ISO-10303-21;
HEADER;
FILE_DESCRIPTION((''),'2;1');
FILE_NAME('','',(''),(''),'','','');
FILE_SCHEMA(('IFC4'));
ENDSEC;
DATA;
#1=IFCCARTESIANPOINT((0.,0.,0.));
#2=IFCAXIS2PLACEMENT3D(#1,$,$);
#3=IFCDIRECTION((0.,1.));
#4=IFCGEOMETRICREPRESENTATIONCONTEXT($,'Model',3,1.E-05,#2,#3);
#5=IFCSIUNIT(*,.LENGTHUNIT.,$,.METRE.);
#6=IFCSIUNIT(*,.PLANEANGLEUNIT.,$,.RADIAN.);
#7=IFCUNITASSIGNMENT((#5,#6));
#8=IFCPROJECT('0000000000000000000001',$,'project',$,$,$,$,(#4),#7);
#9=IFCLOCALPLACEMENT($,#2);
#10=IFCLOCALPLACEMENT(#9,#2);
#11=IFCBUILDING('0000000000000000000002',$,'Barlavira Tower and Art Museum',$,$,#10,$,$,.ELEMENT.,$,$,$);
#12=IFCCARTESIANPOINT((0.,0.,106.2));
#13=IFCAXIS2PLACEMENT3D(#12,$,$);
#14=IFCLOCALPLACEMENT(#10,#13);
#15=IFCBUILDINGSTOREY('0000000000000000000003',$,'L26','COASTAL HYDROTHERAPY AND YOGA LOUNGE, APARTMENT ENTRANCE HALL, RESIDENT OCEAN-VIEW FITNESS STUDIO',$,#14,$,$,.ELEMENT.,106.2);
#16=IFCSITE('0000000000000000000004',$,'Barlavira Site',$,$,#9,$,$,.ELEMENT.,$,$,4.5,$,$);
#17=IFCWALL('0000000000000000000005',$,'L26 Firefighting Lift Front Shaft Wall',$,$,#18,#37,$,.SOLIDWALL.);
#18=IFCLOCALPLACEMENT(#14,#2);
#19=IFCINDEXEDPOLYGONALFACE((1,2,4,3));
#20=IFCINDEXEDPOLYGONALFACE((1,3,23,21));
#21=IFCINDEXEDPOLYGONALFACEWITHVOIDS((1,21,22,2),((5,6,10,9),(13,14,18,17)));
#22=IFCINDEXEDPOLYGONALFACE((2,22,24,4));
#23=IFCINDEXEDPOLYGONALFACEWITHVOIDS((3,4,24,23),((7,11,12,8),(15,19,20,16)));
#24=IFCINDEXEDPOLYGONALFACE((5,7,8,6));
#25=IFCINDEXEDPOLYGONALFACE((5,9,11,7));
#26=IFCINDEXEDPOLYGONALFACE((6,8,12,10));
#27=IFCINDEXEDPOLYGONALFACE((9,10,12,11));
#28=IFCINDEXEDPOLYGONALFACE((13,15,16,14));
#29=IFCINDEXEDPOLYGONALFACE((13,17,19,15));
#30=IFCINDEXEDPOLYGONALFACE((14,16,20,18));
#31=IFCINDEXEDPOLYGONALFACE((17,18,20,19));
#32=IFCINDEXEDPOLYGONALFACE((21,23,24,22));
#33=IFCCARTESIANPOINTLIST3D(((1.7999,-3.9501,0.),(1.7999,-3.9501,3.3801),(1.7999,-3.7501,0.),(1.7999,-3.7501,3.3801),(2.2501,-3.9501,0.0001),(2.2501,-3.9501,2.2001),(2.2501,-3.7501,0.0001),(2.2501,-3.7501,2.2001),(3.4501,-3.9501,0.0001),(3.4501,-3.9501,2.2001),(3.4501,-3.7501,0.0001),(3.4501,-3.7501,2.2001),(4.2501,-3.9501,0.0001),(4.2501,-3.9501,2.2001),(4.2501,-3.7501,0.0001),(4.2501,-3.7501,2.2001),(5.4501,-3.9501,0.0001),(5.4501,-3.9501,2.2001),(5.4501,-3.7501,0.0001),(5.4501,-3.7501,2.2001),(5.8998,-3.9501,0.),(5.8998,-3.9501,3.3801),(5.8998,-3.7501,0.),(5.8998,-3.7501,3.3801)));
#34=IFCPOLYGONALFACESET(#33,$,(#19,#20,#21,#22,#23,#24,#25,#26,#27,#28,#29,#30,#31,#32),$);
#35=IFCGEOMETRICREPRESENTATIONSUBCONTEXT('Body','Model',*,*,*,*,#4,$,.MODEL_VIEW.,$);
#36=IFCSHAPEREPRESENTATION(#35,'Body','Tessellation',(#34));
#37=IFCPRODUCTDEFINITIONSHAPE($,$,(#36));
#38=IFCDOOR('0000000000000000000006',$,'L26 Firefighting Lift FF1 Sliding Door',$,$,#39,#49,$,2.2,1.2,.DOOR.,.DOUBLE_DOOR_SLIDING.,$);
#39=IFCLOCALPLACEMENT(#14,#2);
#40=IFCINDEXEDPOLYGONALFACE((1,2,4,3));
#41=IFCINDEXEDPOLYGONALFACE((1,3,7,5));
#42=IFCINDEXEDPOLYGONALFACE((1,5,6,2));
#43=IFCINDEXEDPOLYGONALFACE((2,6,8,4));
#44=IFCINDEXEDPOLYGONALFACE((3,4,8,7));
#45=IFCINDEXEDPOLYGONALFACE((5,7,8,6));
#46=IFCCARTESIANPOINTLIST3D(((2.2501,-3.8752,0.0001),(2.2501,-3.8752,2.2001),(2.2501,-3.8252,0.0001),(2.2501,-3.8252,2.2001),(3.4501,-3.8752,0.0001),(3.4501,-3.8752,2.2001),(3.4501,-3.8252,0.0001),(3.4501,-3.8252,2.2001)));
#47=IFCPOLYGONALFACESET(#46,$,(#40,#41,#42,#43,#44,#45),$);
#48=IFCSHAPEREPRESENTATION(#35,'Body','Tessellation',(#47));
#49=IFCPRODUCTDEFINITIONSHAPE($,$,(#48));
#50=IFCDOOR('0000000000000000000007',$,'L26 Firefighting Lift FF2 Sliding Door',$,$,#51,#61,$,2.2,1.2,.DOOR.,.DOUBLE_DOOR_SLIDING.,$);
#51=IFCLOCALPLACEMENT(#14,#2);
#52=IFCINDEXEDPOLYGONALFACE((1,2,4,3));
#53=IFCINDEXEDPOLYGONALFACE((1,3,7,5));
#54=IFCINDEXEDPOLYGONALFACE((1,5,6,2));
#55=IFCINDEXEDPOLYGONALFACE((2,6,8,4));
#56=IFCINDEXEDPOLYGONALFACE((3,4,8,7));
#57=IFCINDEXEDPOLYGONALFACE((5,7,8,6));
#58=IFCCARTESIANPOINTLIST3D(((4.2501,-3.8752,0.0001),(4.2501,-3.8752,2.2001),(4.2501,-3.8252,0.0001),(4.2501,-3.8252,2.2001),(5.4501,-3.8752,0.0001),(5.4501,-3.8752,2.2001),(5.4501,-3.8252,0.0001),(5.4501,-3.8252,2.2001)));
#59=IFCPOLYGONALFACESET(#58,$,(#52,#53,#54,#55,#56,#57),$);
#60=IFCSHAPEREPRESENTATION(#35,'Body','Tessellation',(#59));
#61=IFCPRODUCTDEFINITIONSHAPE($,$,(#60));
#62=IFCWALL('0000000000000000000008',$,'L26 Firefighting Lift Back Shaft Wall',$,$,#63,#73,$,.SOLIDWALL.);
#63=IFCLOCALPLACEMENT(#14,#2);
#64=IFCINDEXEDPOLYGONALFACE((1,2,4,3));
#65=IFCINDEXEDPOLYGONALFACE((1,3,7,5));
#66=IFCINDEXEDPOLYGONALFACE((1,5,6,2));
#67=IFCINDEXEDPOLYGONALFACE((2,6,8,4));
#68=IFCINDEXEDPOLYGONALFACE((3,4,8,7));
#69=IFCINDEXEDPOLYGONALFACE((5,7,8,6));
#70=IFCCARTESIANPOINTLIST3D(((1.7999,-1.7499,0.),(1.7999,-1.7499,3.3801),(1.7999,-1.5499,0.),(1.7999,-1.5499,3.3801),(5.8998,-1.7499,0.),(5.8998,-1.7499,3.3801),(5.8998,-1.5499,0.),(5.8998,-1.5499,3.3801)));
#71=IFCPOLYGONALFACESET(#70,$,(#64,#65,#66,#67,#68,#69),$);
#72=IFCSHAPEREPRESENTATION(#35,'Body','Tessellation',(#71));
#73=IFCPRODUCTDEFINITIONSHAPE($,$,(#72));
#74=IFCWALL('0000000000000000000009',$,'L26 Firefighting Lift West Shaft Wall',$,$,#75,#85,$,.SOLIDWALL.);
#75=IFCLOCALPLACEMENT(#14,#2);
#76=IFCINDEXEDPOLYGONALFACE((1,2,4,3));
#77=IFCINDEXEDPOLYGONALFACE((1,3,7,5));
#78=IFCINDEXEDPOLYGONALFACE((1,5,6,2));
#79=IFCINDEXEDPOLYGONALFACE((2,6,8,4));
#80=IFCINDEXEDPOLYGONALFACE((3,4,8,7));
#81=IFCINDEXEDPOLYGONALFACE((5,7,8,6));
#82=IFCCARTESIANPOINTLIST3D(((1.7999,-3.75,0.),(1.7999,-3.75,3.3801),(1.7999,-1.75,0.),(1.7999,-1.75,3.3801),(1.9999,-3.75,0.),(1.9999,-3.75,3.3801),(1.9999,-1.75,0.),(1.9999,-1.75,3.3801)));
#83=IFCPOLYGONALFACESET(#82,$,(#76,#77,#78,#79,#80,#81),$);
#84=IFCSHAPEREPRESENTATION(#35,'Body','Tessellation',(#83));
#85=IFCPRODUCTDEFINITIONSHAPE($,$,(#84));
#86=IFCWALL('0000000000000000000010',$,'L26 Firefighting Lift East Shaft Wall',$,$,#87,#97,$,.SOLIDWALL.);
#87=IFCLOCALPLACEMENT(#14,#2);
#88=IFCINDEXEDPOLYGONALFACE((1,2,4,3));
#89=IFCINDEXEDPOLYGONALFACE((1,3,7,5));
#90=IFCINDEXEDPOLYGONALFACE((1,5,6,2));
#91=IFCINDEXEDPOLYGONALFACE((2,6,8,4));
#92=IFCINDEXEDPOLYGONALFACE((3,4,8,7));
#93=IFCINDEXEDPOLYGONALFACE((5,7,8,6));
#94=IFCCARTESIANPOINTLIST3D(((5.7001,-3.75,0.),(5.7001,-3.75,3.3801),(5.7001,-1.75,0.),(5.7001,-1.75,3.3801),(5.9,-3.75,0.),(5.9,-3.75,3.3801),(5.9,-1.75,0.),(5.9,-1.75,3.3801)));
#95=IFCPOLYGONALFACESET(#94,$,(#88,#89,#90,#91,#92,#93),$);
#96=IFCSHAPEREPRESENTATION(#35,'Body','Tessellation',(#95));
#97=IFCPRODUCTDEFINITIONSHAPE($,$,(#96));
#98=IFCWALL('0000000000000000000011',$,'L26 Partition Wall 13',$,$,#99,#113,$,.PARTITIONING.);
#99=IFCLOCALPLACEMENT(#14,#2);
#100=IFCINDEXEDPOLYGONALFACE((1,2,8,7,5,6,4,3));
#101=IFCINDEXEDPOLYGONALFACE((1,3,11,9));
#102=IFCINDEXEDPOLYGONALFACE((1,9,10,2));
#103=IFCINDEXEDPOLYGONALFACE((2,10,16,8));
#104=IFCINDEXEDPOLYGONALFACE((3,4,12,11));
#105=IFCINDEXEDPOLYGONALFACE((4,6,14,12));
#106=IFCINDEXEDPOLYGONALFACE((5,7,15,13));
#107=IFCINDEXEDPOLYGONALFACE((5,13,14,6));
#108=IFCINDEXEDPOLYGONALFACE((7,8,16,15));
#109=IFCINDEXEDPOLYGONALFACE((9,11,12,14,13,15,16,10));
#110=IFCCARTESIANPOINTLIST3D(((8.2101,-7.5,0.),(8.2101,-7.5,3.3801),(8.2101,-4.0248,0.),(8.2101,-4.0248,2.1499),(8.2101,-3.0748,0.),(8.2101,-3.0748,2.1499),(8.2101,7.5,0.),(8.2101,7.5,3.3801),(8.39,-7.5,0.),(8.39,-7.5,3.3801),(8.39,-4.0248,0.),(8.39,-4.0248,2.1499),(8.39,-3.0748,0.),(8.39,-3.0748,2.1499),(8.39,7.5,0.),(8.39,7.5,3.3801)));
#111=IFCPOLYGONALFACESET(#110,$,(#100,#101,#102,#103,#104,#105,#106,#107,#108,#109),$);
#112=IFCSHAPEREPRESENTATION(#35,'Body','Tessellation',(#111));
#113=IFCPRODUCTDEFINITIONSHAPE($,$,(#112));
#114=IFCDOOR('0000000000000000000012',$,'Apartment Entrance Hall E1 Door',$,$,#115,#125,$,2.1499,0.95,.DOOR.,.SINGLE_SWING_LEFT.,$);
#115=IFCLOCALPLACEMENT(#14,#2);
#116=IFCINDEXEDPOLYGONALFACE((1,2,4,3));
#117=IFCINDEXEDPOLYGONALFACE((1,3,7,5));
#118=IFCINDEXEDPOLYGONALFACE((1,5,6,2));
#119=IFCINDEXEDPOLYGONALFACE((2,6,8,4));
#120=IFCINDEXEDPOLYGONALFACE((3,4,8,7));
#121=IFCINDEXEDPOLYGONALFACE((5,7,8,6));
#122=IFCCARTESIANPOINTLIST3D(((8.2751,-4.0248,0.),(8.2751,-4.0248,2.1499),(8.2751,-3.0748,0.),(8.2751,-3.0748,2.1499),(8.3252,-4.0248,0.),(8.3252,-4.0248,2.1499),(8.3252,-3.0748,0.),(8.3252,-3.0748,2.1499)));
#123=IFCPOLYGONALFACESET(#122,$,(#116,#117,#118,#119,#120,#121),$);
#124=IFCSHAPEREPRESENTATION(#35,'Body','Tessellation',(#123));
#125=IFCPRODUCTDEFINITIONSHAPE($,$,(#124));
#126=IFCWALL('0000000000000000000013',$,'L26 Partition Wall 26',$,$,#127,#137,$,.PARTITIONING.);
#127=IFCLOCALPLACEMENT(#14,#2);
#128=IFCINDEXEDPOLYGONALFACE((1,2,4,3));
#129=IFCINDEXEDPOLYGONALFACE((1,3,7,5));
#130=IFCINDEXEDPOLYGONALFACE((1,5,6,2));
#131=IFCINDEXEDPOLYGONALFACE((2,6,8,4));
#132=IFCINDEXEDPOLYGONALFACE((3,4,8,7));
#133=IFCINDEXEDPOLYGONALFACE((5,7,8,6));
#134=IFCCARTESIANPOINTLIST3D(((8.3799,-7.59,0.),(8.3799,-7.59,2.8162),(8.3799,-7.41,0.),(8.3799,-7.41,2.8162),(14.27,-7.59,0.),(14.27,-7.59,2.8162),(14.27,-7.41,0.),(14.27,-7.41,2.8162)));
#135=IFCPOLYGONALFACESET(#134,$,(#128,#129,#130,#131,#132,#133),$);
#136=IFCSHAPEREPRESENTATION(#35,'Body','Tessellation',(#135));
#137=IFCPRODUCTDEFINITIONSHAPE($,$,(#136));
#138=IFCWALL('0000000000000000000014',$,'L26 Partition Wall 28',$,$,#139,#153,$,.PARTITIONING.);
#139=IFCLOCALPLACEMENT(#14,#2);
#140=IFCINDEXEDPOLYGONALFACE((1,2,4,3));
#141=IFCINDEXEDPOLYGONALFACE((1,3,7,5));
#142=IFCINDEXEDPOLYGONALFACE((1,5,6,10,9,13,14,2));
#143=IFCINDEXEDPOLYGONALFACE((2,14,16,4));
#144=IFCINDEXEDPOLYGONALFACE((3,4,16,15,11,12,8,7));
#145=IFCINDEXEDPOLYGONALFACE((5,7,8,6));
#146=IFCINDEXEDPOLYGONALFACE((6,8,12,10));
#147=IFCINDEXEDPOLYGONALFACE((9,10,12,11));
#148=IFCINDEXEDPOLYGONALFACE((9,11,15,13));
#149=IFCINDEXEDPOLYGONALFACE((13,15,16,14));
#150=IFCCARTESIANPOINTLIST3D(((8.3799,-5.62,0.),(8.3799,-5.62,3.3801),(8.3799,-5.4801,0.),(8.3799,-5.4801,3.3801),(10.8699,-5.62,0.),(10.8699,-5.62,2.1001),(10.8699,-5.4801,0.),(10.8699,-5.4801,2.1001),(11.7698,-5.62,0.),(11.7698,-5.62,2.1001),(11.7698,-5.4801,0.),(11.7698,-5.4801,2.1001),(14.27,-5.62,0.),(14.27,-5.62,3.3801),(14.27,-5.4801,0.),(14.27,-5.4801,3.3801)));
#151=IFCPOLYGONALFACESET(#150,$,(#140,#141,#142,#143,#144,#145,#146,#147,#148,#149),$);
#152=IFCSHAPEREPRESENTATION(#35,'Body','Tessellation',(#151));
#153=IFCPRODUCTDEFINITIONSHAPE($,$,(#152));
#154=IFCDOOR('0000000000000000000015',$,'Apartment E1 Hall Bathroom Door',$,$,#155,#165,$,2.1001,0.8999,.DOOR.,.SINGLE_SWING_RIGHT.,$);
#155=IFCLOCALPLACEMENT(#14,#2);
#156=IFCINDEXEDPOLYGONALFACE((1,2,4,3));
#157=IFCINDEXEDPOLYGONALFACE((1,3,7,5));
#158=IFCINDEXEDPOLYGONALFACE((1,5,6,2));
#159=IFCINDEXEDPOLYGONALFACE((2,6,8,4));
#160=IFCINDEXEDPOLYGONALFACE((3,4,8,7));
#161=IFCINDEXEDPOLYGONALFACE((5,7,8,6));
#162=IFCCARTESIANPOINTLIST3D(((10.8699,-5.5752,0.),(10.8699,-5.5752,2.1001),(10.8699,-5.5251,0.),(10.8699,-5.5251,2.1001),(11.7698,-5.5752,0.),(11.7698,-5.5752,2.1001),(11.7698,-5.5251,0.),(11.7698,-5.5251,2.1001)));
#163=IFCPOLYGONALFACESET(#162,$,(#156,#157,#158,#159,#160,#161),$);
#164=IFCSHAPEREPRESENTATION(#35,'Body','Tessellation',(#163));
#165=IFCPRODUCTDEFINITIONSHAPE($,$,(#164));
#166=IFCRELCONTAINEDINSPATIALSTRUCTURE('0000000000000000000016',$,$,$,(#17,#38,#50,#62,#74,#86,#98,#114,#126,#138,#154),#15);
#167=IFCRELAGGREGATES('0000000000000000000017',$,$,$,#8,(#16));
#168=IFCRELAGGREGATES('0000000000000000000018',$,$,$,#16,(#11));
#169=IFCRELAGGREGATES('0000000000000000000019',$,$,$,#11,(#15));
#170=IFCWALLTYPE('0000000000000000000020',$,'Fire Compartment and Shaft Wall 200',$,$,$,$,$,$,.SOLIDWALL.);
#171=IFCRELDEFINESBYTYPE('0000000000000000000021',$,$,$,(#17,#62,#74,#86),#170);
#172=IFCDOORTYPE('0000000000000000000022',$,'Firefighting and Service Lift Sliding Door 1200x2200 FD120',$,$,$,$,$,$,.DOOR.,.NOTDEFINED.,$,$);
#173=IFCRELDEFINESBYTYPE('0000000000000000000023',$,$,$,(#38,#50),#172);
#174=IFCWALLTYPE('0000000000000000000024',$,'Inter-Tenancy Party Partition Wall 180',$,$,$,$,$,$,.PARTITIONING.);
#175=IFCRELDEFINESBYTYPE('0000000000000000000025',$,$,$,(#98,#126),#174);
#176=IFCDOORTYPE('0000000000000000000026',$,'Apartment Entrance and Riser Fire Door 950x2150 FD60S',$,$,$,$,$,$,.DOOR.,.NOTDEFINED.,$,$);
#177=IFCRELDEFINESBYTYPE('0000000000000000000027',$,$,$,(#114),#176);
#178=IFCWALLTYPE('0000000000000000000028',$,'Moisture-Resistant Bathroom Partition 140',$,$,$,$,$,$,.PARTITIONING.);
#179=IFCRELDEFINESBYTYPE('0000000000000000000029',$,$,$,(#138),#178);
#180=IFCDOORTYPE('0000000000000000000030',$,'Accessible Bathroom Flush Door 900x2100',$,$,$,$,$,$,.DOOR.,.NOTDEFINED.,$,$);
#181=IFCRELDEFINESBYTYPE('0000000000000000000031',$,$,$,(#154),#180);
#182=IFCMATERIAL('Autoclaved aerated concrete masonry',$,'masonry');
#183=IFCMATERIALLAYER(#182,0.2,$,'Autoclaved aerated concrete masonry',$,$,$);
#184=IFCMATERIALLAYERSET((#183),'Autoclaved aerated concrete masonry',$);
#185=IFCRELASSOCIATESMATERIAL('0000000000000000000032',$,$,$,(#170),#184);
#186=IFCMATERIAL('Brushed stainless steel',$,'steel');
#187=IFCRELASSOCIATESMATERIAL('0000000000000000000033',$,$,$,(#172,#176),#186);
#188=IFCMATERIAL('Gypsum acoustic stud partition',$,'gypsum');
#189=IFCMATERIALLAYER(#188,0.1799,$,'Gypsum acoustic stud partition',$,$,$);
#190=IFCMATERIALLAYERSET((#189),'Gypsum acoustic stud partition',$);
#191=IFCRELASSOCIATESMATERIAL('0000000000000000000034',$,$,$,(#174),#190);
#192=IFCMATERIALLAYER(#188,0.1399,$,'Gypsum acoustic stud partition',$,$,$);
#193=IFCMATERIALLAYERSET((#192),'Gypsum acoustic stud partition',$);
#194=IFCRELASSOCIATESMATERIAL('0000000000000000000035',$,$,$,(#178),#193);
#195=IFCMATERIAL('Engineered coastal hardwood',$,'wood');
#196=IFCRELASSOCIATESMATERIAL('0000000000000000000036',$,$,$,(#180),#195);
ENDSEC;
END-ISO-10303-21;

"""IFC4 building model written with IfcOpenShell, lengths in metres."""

from ifc_helpers import new_model, si_unit, direction, frame, frame_2d, origin, place, context, subcontext, project, spatial, rectangle, extrude, material, layer, layer_set, type_object, element, fill, save


model = new_model("IFC4")

# Units and contexts
model_context = context("Model", 3, precision=1e-05, world=origin(), true_north=direction((0.0, 1.0)))
body_context = subcontext(model_context, "Body", "Model", "MODEL_VIEW")
ifc_project = project(units=[si_unit("LENGTHUNIT", "METRE"), si_unit("PLANEANGLEUNIT", "RADIAN")], contexts=[model_context])

# Site, building, storey
site_placement = place(None, origin())
site = spatial("IfcSite", under=ifc_project, at=site_placement, Name="Barlavira Site", CompositionType="ELEMENT", RefElevation=4.5)
building_placement = place(site_placement, origin())
building = spatial("IfcBuilding", under=site, at=building_placement, Name="Barlavira Tower and Art Museum", CompositionType="ELEMENT")
storey_placement = place(building_placement, frame((0.0, 0.0, 106.2)))
storey = spatial("IfcBuildingStorey", under=building, at=storey_placement, Name="L26", Description="COASTAL HYDROTHERAPY AND YOGA LOUNGE, APARTMENT ENTRANCE HALL, RESIDENT OCEAN-VIEW FITNESS STUDIO", CompositionType="ELEMENT", Elevation=106.2)

# Shared definitions
ifc_material_1 = material(Name="Gypsum acoustic stud partition", Category="gypsum")
ifc_material_2 = material(Name="Engineered coastal hardwood", Category="wood")
ifc_material_3 = material(Name="Brushed stainless steel", Category="steel")

# Shared definitions
ifc_material_4 = material(Name="Autoclaved aerated concrete masonry", Category="masonry")
ifc_layer_1 = layer(ifc_material_4, 0.2, Name="Autoclaved aerated concrete masonry")
ifc_layer_set_1 = layer_set([ifc_layer_1], Name="Autoclaved aerated concrete masonry")
wall_type_1 = type_object("IfcWallType", Name="Fire Compartment and Shaft Wall 200", PredefinedType="SOLIDWALL", material=ifc_layer_set_1)

# Wall, openings, doors
wall_1_placement = place(storey_placement, frame((1.8, -3.8501, 0.0), z_axis=(0.0, 0.0, 1.0), x_axis=(1.0, 0.0, 0.0)))
wall_1 = element("IfcWall", 1, at=wall_1_placement, inside=storey, type_object=wall_type_1, Name="L26 Firefighting Lift Front Shaft Wall", PredefinedType="SOLIDWALL", context=body_context, shape_type="SweptSolid", body=[
    extrude(rectangle(XDim=4.0999, YDim=0.2, at=frame_2d((2.0498, 0.0))), origin(), (0.0, 0.0, 1.0), 3.3801),
])
opening_1_placement = place(wall_1_placement, frame((0.45, 0.0, 0.0)))
opening_1 = element("IfcOpeningElement", 2, at=opening_1_placement, cuts=wall_1, PredefinedType="OPENING", context=body_context, shape_type="SweptSolid", body=[
    extrude(rectangle(XDim=1.2, YDim=2.2, at=frame_2d((0.6001, 1.1001))), frame((0.0, 0.1099, 0.0), z_axis=(0.0, -1.0, 0.0), x_axis=(1.0, 0.0, 0.0)), (0.0, 0.0, 1.0), 0.22),
])
opening_2_placement = place(wall_1_placement, frame((2.45, 0.0, 0.0)))
opening_2 = element("IfcOpeningElement", 3, at=opening_2_placement, cuts=wall_1, PredefinedType="OPENING", context=body_context, shape_type="SweptSolid", body=[
    extrude(rectangle(XDim=1.2, YDim=2.2, at=frame_2d((0.6001, 1.1001))), frame((0.0, 0.1099, 0.0), z_axis=(0.0, -1.0, 0.0), x_axis=(1.0, 0.0, 0.0)), (0.0, 0.0, 1.0), 0.22),
])
door_type_1 = type_object("IfcDoorType", Name="Firefighting and Service Lift Sliding Door 1200x2200 FD120", OperationType="NOTDEFINED", PredefinedType="DOOR", material=ifc_material_3)
door_1_placement = place(opening_1_placement, origin())
door_1 = element("IfcDoor", 4, at=door_1_placement, inside=storey, type_object=door_type_1, Name="L26 Firefighting Lift FF1 Sliding Door", OperationType="DOUBLE_DOOR_SLIDING", OverallHeight=2.2, OverallWidth=1.2, PredefinedType="DOOR", context=body_context, shape_type="SweptSolid", body=[
    extrude(rectangle(XDim=1.2, YDim=2.2, at=frame_2d((0.6001, 1.1001))), frame((0.0, 0.0249, 0.0), z_axis=(0.0, -1.0, 0.0), x_axis=(1.0, 0.0, 0.0)), (0.0, 0.0, 1.0), 0.05),
])
fill(opening_1, door_1)
door_2_placement = place(opening_2_placement, origin())
door_2 = element("IfcDoor", 5, at=door_2_placement, inside=storey, type_object=door_type_1, Name="L26 Firefighting Lift FF2 Sliding Door", OperationType="DOUBLE_DOOR_SLIDING", OverallHeight=2.2, OverallWidth=1.2, PredefinedType="DOOR", context=body_context, shape_type="SweptSolid", body=[
    extrude(rectangle(XDim=1.2, YDim=2.2, at=frame_2d((0.6001, 1.1001))), frame((0.0, 0.0249, 0.0), z_axis=(0.0, -1.0, 0.0), x_axis=(1.0, 0.0, 0.0)), (0.0, 0.0, 1.0), 0.05),
])
fill(opening_2, door_2)

# Walls
wall_2_placement = place(storey_placement, frame((1.8, -1.6499, 0.0), z_axis=(0.0, 0.0, 1.0), x_axis=(1.0, 0.0, 0.0)))
element("IfcWall", 6, at=wall_2_placement, inside=storey, type_object=wall_type_1, Name="L26 Firefighting Lift Back Shaft Wall", PredefinedType="SOLIDWALL", context=body_context, shape_type="SweptSolid", body=[
    extrude(rectangle(XDim=4.0999, YDim=0.2, at=frame_2d((2.0498, 0.0))), origin(), (0.0, 0.0, 1.0), 3.3801),
])
for number, where, z_axis, x_axis, name in (
    (7, (1.8999, -3.75, 0.0), (0.0, 0.0, 1.0), (0.0, 1.0, 0.0), "L26 Firefighting Lift West Shaft Wall"),
    (8, (5.8, -3.75, 0.0), (0.0, 0.0, 1.0), (0.0, 1.0, 0.0), "L26 Firefighting Lift East Shaft Wall"),
):
    element("IfcWall", number, at=place(storey_placement, frame(where, z_axis=z_axis, x_axis=x_axis)), inside=storey, type_object=wall_type_1, Name=name, PredefinedType="SOLIDWALL", context=body_context, shape_type="SweptSolid", body=[
        extrude(rectangle(XDim=2.0, YDim=0.2, at=frame_2d((1.0, 0.0))), origin(), (0.0, 0.0, 1.0), 3.3801),
    ])

# Wall, opening, door
ifc_layer_2 = layer(ifc_material_1, 0.1799, Name="Gypsum acoustic stud partition")
ifc_layer_set_2 = layer_set([ifc_layer_2], Name="Gypsum acoustic stud partition")
wall_type_2 = type_object("IfcWallType", Name="Inter-Tenancy Party Partition Wall 180", PredefinedType="PARTITIONING", material=ifc_layer_set_2)
wall_3_placement = place(storey_placement, frame((8.3, -7.5, 0.0), z_axis=(0.0, 0.0, 1.0), x_axis=(0.0, 1.0, 0.0)))
wall_3 = element("IfcWall", 9, at=wall_3_placement, inside=storey, type_object=wall_type_2, Name="L26 Partition Wall 13", PredefinedType="PARTITIONING", context=body_context, shape_type="SweptSolid", body=[
    extrude(rectangle(XDim=15.0, YDim=0.1799, at=frame_2d((7.5, 0.0))), origin(), (0.0, 0.0, 1.0), 3.3801),
])
opening_3_placement = place(wall_3_placement, frame((3.4751, 0.0, 0.0)))
opening_3 = element("IfcOpeningElement", 10, at=opening_3_placement, cuts=wall_3, PredefinedType="OPENING", context=body_context, shape_type="SweptSolid", body=[
    extrude(rectangle(XDim=0.95, YDim=2.1499, at=frame_2d((0.4751, 1.075))), frame((0.0, 0.1001, 0.0), z_axis=(0.0, -1.0, 0.0), x_axis=(1.0, 0.0, 0.0)), (0.0, 0.0, 1.0), 0.2),
])
door_type_2 = type_object("IfcDoorType", Name="Apartment Entrance and Riser Fire Door 950x2150 FD60S", OperationType="NOTDEFINED", PredefinedType="DOOR", material=ifc_material_3)
door_3_placement = place(opening_3_placement, origin())
door_3 = element("IfcDoor", 11, at=door_3_placement, inside=storey, type_object=door_type_2, Name="Apartment Entrance Hall E1 Door", OperationType="SINGLE_SWING_LEFT", OverallHeight=2.1499, OverallWidth=0.95, PredefinedType="DOOR", context=body_context, shape_type="SweptSolid", body=[
    extrude(rectangle(XDim=0.95, YDim=2.1499, at=frame_2d((0.4751, 1.075))), frame((0.0, 0.0249, 0.0), z_axis=(0.0, -1.0, 0.0), x_axis=(1.0, 0.0, 0.0)), (0.0, 0.0, 1.0), 0.05),
])
fill(opening_3, door_3)

# Wall
wall_4_placement = place(storey_placement, frame((8.3799, -7.5, 0.0), z_axis=(0.0, 0.0, 1.0), x_axis=(1.0, 0.0, 0.0)))
element("IfcWall", 12, at=wall_4_placement, inside=storey, type_object=wall_type_2, Name="L26 Partition Wall 26", PredefinedType="PARTITIONING", context=body_context, shape_type="SweptSolid", body=[
    extrude(rectangle(XDim=5.8901, YDim=0.1799, at=frame_2d((2.9451, 0.0))), origin(), (0.0, 0.0, 1.0), 2.8162),
])

# Wall, opening, door
ifc_layer_3 = layer(ifc_material_1, 0.1399, Name="Gypsum acoustic stud partition")
ifc_layer_set_3 = layer_set([ifc_layer_3], Name="Gypsum acoustic stud partition")
wall_type_3 = type_object("IfcWallType", Name="Moisture-Resistant Bathroom Partition 140", PredefinedType="PARTITIONING", material=ifc_layer_set_3)
wall_5_placement = place(storey_placement, frame((8.3799, -5.55, 0.0), z_axis=(0.0, 0.0, 1.0), x_axis=(1.0, 0.0, 0.0)))
wall_5 = element("IfcWall", 13, at=wall_5_placement, inside=storey, type_object=wall_type_3, Name="L26 Partition Wall 28", PredefinedType="PARTITIONING", context=body_context, shape_type="SweptSolid", body=[
    extrude(rectangle(XDim=5.8901, YDim=0.1399, at=frame_2d((2.9451, 0.0))), origin(), (0.0, 0.0, 1.0), 3.3801),
])
opening_4_placement = place(wall_5_placement, frame((2.49, 0.0, 0.0)))
opening_4 = element("IfcOpeningElement", 14, at=opening_4_placement, cuts=wall_5, PredefinedType="OPENING", context=body_context, shape_type="SweptSolid", body=[
    extrude(rectangle(XDim=0.8999, YDim=2.1001, at=frame_2d((0.45, 1.05))), frame((0.0, 0.0801, 0.0), z_axis=(0.0, -1.0, 0.0), x_axis=(1.0, 0.0, 0.0)), (0.0, 0.0, 1.0), 0.1599),
])
door_type_3 = type_object("IfcDoorType", Name="Accessible Bathroom Flush Door 900x2100", OperationType="NOTDEFINED", PredefinedType="DOOR", material=ifc_material_2)
door_4_placement = place(opening_4_placement, origin())
door_4 = element("IfcDoor", 15, at=door_4_placement, inside=storey, type_object=door_type_3, Name="Apartment E1 Hall Bathroom Door", OperationType="SINGLE_SWING_RIGHT", OverallHeight=2.1001, OverallWidth=0.8999, PredefinedType="DOOR", context=body_context, shape_type="SweptSolid", body=[
    extrude(rectangle(XDim=0.8999, YDim=2.1001, at=frame_2d((0.45, 1.05))), frame((0.0, 0.0249, 0.0), z_axis=(0.0, -1.0, 0.0), x_axis=(1.0, 0.0, 0.0)), (0.0, 0.0, 1.0), 0.05),
])
fill(opening_4, door_4)

save(model, "model.ifc")
